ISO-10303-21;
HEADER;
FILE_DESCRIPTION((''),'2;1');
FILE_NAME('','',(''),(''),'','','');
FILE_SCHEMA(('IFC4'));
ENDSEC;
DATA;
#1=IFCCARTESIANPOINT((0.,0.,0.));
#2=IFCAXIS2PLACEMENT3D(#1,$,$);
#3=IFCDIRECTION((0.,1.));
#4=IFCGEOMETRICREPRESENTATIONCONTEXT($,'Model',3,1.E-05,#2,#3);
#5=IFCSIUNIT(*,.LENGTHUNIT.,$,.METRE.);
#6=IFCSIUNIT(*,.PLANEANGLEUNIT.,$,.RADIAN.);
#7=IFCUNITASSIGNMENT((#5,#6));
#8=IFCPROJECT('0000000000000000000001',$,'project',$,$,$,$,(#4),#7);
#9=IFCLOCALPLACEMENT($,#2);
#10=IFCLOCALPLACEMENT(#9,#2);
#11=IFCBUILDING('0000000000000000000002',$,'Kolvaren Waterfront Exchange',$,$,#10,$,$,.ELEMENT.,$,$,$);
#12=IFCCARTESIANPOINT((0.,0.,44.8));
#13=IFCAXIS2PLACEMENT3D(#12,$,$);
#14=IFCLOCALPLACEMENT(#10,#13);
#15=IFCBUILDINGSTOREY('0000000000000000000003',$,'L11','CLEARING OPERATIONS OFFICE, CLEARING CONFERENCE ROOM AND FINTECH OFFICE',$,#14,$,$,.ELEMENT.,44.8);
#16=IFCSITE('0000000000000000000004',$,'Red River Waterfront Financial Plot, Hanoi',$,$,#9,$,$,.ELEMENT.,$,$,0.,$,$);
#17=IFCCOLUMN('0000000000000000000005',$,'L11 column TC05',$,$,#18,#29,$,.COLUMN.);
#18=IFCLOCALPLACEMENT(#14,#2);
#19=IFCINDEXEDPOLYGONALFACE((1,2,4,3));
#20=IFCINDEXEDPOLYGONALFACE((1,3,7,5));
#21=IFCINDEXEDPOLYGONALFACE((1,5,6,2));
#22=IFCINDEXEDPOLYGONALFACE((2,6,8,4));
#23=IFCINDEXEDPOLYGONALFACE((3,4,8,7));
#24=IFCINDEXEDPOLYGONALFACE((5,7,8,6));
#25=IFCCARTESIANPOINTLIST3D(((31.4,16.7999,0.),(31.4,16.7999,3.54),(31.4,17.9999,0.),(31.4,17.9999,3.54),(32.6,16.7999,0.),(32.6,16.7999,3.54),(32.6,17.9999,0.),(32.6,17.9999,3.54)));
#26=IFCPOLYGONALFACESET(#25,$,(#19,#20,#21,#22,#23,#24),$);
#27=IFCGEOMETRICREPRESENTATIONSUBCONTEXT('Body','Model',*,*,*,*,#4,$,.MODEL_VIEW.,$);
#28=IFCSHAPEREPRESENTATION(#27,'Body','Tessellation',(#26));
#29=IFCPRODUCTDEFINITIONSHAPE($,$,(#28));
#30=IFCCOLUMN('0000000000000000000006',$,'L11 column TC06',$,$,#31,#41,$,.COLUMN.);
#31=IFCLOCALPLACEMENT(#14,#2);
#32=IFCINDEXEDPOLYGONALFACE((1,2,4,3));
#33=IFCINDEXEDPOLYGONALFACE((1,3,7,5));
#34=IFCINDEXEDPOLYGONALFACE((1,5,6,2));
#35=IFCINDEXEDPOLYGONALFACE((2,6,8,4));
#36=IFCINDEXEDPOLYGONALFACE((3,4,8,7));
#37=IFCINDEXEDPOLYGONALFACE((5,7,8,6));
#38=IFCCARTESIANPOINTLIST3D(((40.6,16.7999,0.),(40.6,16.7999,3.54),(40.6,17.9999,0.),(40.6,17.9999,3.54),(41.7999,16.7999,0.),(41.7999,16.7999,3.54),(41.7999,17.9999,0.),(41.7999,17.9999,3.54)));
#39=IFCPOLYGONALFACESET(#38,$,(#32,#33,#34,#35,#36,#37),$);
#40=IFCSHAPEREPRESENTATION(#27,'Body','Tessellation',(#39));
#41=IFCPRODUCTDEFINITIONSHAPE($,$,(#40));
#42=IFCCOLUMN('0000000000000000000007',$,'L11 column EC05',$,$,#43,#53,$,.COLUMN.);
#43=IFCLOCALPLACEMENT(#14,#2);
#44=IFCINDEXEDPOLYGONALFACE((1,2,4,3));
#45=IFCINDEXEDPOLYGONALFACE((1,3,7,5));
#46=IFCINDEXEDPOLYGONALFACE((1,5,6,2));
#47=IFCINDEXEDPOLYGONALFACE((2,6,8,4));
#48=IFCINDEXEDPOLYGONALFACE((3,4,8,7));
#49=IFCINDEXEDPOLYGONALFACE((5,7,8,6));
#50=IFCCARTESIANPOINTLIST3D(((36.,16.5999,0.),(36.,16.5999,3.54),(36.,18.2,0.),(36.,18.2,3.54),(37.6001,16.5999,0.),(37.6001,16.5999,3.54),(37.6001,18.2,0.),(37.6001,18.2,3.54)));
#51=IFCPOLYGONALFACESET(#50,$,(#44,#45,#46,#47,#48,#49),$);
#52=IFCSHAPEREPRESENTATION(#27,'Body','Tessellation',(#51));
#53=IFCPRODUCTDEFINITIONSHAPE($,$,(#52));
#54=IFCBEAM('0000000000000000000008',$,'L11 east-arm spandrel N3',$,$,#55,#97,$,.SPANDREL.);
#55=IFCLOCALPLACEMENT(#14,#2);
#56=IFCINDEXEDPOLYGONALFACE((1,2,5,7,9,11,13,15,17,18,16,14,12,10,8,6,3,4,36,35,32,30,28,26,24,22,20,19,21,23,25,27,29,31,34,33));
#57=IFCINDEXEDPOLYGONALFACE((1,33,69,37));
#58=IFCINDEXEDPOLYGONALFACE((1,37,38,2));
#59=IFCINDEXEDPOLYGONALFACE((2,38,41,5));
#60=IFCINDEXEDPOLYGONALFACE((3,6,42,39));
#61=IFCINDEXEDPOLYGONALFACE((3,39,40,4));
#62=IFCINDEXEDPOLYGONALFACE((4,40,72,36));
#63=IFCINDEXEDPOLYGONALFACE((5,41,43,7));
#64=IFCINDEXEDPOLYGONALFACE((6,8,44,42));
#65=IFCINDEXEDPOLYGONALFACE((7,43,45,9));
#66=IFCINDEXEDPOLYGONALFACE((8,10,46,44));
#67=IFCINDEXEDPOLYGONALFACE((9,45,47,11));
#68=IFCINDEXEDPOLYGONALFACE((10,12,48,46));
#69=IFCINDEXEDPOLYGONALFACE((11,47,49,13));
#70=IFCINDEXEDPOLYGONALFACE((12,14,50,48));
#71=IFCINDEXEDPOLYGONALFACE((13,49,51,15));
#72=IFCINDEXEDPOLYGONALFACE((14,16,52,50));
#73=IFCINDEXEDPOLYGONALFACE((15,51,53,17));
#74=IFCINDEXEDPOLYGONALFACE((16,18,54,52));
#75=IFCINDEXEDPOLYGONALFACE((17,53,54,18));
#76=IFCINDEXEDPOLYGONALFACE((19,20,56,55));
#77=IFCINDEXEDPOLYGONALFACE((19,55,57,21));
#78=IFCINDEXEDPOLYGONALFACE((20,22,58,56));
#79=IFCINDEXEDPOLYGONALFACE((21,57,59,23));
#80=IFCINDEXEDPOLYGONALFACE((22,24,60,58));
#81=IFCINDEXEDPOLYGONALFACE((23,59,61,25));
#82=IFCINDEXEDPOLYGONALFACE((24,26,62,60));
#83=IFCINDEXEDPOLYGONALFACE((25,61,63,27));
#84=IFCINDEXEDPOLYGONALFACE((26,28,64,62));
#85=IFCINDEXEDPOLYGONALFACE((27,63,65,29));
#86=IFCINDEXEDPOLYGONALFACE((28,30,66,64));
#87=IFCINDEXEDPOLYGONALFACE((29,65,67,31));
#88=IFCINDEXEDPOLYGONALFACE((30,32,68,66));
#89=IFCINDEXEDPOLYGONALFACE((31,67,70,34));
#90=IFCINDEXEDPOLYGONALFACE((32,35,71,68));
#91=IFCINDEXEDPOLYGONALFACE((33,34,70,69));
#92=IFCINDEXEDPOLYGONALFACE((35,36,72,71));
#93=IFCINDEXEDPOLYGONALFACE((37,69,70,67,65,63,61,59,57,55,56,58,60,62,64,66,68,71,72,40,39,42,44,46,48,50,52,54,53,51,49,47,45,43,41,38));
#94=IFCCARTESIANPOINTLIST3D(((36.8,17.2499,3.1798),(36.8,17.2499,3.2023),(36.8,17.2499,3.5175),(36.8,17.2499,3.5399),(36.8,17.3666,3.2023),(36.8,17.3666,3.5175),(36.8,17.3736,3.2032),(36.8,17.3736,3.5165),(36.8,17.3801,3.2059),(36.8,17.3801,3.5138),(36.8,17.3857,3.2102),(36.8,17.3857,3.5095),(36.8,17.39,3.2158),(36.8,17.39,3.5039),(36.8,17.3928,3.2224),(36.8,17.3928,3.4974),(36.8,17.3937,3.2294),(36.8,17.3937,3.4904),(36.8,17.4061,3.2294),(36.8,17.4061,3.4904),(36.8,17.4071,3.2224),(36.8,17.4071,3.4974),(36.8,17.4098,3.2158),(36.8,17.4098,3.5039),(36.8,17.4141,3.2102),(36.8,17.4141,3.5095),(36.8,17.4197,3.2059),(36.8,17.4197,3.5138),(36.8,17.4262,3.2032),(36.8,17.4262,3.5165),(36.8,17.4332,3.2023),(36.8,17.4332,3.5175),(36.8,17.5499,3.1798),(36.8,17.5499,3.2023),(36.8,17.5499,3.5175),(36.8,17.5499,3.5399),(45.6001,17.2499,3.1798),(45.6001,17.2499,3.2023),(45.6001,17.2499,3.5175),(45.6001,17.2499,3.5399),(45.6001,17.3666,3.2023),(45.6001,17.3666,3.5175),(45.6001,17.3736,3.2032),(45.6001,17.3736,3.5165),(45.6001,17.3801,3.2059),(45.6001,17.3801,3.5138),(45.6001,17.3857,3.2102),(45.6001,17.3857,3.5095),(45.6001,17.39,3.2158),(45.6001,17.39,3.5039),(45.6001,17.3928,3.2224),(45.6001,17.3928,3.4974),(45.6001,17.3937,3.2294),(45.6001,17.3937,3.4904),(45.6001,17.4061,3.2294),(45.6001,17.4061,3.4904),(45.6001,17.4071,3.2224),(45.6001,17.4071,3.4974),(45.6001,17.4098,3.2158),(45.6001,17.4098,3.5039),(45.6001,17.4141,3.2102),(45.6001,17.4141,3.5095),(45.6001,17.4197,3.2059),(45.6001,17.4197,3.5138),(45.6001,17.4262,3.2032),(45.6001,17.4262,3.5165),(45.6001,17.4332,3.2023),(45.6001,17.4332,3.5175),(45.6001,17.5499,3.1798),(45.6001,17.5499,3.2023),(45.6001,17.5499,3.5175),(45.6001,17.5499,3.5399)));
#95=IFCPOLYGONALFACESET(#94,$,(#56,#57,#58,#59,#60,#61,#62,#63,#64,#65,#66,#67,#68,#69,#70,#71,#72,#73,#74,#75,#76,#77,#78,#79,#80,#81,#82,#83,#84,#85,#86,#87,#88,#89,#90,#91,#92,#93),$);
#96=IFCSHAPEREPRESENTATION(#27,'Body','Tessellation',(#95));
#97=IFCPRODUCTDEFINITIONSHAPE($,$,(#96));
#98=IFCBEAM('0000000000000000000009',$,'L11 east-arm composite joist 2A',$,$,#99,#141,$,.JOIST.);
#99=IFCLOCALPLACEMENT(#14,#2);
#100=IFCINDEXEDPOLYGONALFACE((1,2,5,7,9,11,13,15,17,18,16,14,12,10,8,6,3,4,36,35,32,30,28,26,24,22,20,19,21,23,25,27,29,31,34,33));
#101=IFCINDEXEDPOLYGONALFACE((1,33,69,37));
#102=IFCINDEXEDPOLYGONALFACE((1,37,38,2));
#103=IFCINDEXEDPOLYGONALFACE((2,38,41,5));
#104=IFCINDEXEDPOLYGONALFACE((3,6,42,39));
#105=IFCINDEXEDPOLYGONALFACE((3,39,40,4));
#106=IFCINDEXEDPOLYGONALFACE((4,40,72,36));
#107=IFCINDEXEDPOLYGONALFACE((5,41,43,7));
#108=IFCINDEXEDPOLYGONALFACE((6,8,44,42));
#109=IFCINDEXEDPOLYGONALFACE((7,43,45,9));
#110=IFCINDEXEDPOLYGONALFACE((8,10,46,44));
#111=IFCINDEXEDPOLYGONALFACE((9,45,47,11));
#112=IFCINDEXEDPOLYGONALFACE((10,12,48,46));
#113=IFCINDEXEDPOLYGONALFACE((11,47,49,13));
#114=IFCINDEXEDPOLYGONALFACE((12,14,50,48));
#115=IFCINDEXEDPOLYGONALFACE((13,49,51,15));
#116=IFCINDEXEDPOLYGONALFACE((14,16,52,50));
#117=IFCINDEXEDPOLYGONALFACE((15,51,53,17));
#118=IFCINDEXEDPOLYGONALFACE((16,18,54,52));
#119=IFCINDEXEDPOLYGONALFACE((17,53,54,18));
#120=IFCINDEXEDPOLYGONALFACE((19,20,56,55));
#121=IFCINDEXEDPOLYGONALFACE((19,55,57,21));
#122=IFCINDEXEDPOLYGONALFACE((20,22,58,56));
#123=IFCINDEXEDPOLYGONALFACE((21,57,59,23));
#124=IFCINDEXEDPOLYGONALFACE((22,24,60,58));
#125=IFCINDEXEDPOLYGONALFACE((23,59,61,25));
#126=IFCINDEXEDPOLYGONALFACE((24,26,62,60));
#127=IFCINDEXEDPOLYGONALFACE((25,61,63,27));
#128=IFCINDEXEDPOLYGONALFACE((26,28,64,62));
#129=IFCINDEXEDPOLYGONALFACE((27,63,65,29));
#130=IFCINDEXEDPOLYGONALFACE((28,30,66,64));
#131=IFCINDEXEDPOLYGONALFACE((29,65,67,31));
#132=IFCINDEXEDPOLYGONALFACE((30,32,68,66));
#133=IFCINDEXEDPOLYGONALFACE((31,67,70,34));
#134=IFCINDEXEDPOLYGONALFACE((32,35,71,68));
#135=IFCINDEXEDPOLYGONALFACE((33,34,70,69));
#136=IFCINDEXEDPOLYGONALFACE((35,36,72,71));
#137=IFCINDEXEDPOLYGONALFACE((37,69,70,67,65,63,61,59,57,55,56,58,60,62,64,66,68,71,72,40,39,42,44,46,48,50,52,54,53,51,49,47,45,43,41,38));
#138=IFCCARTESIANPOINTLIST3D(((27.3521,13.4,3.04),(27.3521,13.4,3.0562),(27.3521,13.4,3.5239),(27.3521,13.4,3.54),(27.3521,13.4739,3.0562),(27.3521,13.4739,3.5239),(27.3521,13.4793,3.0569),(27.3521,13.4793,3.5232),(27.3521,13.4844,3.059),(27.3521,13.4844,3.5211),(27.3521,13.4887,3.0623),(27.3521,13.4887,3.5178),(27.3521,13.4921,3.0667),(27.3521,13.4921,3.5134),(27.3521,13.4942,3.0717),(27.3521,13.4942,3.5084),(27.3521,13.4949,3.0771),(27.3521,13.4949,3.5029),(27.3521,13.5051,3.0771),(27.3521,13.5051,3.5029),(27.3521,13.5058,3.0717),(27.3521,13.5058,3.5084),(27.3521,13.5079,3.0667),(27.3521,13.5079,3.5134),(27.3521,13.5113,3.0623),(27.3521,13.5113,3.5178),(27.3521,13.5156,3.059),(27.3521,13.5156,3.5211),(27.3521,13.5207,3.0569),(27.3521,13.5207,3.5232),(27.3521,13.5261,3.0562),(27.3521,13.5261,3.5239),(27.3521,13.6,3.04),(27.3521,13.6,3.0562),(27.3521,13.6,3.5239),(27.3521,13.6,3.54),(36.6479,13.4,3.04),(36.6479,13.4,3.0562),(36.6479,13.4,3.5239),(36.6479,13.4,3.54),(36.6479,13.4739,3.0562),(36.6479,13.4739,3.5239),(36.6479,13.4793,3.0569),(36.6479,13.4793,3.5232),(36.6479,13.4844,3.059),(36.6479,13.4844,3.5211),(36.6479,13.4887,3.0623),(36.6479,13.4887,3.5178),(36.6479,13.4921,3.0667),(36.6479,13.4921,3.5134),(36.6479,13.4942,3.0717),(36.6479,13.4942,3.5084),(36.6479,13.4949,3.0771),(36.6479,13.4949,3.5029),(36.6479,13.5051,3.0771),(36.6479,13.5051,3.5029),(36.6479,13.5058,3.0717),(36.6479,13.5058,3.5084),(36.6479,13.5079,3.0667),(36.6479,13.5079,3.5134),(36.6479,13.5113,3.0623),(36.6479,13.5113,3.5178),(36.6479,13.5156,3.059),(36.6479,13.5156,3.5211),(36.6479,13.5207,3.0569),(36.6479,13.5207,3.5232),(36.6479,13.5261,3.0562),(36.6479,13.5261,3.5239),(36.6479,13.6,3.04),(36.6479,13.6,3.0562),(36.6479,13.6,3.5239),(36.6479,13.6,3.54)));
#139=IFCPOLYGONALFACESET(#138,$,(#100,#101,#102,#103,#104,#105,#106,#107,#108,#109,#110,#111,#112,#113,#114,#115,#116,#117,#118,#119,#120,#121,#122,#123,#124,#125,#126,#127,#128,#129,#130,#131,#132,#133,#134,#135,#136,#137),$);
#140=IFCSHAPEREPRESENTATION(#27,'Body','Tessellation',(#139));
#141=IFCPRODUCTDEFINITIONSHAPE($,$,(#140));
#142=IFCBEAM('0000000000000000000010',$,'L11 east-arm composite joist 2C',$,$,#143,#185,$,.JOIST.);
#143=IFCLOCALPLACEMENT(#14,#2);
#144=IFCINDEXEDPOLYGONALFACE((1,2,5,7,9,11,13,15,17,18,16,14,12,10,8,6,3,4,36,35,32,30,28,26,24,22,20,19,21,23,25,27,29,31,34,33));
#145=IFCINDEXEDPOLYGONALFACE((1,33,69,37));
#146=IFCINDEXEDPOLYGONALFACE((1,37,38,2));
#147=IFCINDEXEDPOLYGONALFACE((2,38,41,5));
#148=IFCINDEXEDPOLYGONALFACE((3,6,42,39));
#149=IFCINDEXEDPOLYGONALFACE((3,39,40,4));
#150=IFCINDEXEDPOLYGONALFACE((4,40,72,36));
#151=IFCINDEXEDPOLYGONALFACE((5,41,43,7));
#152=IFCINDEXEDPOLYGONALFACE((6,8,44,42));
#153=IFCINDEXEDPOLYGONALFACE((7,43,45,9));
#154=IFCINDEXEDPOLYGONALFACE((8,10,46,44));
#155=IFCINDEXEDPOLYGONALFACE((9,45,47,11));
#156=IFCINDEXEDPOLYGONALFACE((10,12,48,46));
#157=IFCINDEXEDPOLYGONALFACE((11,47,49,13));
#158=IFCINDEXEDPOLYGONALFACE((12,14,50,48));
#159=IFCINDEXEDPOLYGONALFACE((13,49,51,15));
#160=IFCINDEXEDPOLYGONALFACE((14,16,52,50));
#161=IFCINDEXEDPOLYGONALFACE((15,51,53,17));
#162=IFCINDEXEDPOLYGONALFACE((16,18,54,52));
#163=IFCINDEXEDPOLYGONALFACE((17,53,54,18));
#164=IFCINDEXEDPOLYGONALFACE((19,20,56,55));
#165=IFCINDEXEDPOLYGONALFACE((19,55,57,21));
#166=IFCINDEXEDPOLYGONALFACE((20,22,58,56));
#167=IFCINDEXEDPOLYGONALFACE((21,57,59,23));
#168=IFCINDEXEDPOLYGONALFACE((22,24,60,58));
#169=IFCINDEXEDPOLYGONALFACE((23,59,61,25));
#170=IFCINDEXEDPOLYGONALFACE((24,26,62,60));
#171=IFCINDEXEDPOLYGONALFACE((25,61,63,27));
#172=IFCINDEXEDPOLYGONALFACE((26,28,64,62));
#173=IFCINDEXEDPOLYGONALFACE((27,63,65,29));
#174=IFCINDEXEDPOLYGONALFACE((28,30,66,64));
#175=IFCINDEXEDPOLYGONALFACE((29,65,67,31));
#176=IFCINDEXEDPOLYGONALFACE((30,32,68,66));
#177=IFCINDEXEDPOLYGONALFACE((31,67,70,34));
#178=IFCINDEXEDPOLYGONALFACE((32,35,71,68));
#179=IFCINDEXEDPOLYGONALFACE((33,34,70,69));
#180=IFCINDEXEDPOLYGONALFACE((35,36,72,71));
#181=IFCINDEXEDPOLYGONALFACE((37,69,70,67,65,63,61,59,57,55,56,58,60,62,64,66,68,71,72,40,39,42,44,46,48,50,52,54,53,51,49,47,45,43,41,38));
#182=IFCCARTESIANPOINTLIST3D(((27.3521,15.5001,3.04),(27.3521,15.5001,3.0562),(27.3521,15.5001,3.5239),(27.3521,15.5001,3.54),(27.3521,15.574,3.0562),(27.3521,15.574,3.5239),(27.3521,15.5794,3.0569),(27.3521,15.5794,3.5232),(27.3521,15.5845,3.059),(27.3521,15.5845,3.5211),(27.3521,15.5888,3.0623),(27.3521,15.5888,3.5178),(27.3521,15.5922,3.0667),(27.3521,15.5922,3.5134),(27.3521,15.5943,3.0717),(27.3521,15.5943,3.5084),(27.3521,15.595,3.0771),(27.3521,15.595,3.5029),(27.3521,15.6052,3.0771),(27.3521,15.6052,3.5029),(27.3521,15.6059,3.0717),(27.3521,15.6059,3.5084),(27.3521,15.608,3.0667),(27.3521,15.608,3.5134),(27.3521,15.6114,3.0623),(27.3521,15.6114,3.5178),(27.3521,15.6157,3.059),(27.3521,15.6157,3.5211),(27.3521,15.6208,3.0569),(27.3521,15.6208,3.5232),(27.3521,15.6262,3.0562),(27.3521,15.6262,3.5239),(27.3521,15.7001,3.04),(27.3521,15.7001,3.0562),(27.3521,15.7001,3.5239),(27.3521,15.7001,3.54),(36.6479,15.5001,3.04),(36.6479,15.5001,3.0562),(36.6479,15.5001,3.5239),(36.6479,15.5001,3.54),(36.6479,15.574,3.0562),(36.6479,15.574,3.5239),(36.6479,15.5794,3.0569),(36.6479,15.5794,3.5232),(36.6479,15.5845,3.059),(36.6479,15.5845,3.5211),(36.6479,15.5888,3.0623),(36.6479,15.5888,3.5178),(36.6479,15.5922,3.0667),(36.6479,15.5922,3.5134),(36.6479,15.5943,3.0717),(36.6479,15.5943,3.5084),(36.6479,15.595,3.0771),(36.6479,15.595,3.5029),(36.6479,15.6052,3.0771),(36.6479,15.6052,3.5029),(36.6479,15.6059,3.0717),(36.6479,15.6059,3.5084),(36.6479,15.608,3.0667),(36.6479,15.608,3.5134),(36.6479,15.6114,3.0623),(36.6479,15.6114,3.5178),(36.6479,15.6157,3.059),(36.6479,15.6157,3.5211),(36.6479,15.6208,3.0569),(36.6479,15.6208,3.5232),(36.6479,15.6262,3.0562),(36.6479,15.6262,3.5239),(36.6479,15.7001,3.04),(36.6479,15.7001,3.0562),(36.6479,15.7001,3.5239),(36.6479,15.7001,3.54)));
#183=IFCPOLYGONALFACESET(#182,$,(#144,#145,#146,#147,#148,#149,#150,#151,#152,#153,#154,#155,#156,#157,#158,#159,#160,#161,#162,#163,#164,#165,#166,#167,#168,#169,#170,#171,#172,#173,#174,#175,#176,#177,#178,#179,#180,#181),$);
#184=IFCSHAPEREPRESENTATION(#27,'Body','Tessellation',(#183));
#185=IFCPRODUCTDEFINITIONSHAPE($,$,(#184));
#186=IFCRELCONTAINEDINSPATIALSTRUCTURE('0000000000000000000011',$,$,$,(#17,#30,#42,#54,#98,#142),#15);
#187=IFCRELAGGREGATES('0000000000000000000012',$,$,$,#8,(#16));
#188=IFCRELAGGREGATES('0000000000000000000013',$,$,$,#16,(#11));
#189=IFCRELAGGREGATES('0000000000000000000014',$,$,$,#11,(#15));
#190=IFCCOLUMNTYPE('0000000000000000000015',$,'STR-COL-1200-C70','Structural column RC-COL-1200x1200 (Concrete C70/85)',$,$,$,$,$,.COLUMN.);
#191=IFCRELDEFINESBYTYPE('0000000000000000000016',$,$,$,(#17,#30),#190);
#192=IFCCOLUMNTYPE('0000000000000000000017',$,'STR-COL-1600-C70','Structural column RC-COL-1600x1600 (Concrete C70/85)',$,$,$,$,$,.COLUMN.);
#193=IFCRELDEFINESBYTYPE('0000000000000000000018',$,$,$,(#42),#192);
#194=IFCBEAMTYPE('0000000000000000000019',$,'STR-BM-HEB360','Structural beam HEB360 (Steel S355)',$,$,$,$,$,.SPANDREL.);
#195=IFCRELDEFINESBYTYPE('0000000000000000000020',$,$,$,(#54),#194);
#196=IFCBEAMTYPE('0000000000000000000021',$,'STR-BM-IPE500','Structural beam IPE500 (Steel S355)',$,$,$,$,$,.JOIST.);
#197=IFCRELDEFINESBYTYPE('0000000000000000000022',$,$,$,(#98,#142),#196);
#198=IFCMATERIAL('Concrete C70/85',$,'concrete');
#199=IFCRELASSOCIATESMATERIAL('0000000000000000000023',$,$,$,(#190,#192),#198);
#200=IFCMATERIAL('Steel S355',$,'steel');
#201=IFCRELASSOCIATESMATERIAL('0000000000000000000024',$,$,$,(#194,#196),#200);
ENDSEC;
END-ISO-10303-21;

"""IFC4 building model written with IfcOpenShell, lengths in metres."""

from ifc_helpers import new_model, si_unit, direction, frame, origin, origin_2d, place, context, subcontext, project, spatial, rectangle, i_section, extrude, material, material_profile, profile_set, type_object, element, save


model = new_model("IFC4")

# Units and contexts
model_context = context("Model", 3, precision=1e-05, world=origin(), true_north=direction((0.0, 1.0)))
body_context = subcontext(model_context, "Body", "Model", "MODEL_VIEW")
ifc_project = project(units=[si_unit("LENGTHUNIT", "METRE"), si_unit("PLANEANGLEUNIT", "RADIAN")], contexts=[model_context])

# Site, building, storey
site_placement = place(None, origin())
site = spatial("IfcSite", under=ifc_project, at=site_placement, Name="Red River Waterfront Financial Plot, Hanoi", CompositionType="ELEMENT", RefElevation=0.0)
building_placement = place(site_placement, origin())
building = spatial("IfcBuilding", under=site, at=building_placement, Name="Kolvaren Waterfront Exchange", CompositionType="ELEMENT")
storey_placement = place(building_placement, frame((0.0, 0.0, 44.8)))
storey = spatial("IfcBuildingStorey", under=building, at=storey_placement, Name="L11", Description="CLEARING OPERATIONS OFFICE, CLEARING CONFERENCE ROOM AND FINTECH OFFICE", CompositionType="ELEMENT", Elevation=44.8)

# Columns
ifc_material_1 = material(Name="Concrete C70/85", Category="concrete")
ifc_material_profile_1 = material_profile(ifc_material_1, rectangle(XDim=1.2, YDim=1.2, at=origin_2d()), Name="RC-COL-1200x1200")
ifc_profile_set_1 = profile_set([ifc_material_profile_1], Name="Concrete C70/85")
column_type_1 = type_object("IfcColumnType", Name="STR-COL-1200-C70", Description="Structural column RC-COL-1200x1200 (Concrete C70/85)", PredefinedType="COLUMN", material=ifc_profile_set_1)
for number, where, z_axis, x_axis, name in (
    (1, (32.0, 17.3999, 0.0), (0.0, 0.0, 1.0), (1.0, 0.0, 0.0), "L11 column TC05"),
    (2, (41.2, 17.3999, 0.0), (0.0, 0.0, 1.0), (1.0, 0.0, 0.0), "L11 column TC06"),
):
    element("IfcColumn", number, at=place(storey_placement, frame(where, z_axis=z_axis, x_axis=x_axis)), inside=storey, type_object=column_type_1, Name=name, PredefinedType="COLUMN", context=body_context, shape_type="SweptSolid", body=[
        extrude(rectangle(XDim=1.2, YDim=1.2, at=origin_2d()), origin(), (0.0, 0.0, 1.0), 3.54),
    ])
ifc_material_profile_2 = material_profile(ifc_material_1, rectangle(XDim=1.6001, YDim=1.6001, at=origin_2d()), Name="RC-COL-1600x1600")
ifc_profile_set_2 = profile_set([ifc_material_profile_2], Name="Concrete C70/85")
column_type_2 = type_object("IfcColumnType", Name="STR-COL-1600-C70", Description="Structural column RC-COL-1600x1600 (Concrete C70/85)", PredefinedType="COLUMN", material=ifc_profile_set_2)
column_placement = place(storey_placement, frame((36.8, 17.3999, 0.0), z_axis=(0.0, 0.0, 1.0), x_axis=(1.0, 0.0, 0.0)))
element("IfcColumn", 3, at=column_placement, inside=storey, type_object=column_type_2, Name="L11 column EC05", PredefinedType="COLUMN", context=body_context, shape_type="SweptSolid", body=[
    extrude(rectangle(XDim=1.6001, YDim=1.6001, at=origin_2d()), origin(), (0.0, 0.0, 1.0), 3.54),
])

# Beams
ifc_material_2 = material(Name="Steel S355", Category="steel")
ifc_material_profile_3 = material_profile(ifc_material_2, i_section(OverallWidth=0.3, OverallDepth=0.3601, WebThickness=0.0125, FlangeThickness=0.0225, FilletRadius=0.0271, at=origin_2d()), Name="HEB360")
ifc_profile_set_3 = profile_set([ifc_material_profile_3], Name="Steel S355")
beam_type_1 = type_object("IfcBeamType", Name="STR-BM-HEB360", Description="Structural beam HEB360 (Steel S355)", PredefinedType="SPANDREL", material=ifc_profile_set_3)
beam_placement = place(storey_placement, frame((36.8, 17.3999, 3.3599), z_axis=(1.0, 0.0, 0.0), x_axis=(0.0, 1.0, 0.0)))
element("IfcBeam", 4, at=beam_placement, inside=storey, type_object=beam_type_1, Name="L11 east-arm spandrel N3", PredefinedType="SPANDREL", context=body_context, shape_type="SweptSolid", body=[
    extrude(i_section(OverallWidth=0.3, OverallDepth=0.3601, WebThickness=0.0125, FlangeThickness=0.0225, FilletRadius=0.0271, at=origin_2d()), origin(), (0.0, 0.0, 1.0), 8.8),
])
ifc_material_profile_4 = material_profile(ifc_material_2, i_section(OverallWidth=0.2, OverallDepth=0.5, WebThickness=0.0103, FlangeThickness=0.0161, FilletRadius=0.021, at=origin_2d()), Name="IPE500")
ifc_profile_set_4 = profile_set([ifc_material_profile_4], Name="Steel S355")
beam_type_2 = type_object("IfcBeamType", Name="STR-BM-IPE500", Description="Structural beam IPE500 (Steel S355)", PredefinedType="JOIST", material=ifc_profile_set_4)
for number, where, z_axis, x_axis, name in (
    (5, (27.3521, 13.5, 3.29), (1.0, 0.0, 0.0), (0.0, 1.0, 0.0), "L11 east-arm composite joist 2A"),
    (6, (27.3521, 15.6001, 3.29), (1.0, 0.0, 0.0), (0.0, 1.0, 0.0), "L11 east-arm composite joist 2C"),
):
    element("IfcBeam", number, at=place(storey_placement, frame(where, z_axis=z_axis, x_axis=x_axis)), inside=storey, type_object=beam_type_2, Name=name, PredefinedType="JOIST", context=body_context, shape_type="SweptSolid", body=[
        extrude(i_section(OverallWidth=0.2, OverallDepth=0.5, WebThickness=0.0103, FlangeThickness=0.0161, FilletRadius=0.021, at=origin_2d()), origin(), (0.0, 0.0, 1.0), 9.2959),
    ])

save(model, "model.ifc")
